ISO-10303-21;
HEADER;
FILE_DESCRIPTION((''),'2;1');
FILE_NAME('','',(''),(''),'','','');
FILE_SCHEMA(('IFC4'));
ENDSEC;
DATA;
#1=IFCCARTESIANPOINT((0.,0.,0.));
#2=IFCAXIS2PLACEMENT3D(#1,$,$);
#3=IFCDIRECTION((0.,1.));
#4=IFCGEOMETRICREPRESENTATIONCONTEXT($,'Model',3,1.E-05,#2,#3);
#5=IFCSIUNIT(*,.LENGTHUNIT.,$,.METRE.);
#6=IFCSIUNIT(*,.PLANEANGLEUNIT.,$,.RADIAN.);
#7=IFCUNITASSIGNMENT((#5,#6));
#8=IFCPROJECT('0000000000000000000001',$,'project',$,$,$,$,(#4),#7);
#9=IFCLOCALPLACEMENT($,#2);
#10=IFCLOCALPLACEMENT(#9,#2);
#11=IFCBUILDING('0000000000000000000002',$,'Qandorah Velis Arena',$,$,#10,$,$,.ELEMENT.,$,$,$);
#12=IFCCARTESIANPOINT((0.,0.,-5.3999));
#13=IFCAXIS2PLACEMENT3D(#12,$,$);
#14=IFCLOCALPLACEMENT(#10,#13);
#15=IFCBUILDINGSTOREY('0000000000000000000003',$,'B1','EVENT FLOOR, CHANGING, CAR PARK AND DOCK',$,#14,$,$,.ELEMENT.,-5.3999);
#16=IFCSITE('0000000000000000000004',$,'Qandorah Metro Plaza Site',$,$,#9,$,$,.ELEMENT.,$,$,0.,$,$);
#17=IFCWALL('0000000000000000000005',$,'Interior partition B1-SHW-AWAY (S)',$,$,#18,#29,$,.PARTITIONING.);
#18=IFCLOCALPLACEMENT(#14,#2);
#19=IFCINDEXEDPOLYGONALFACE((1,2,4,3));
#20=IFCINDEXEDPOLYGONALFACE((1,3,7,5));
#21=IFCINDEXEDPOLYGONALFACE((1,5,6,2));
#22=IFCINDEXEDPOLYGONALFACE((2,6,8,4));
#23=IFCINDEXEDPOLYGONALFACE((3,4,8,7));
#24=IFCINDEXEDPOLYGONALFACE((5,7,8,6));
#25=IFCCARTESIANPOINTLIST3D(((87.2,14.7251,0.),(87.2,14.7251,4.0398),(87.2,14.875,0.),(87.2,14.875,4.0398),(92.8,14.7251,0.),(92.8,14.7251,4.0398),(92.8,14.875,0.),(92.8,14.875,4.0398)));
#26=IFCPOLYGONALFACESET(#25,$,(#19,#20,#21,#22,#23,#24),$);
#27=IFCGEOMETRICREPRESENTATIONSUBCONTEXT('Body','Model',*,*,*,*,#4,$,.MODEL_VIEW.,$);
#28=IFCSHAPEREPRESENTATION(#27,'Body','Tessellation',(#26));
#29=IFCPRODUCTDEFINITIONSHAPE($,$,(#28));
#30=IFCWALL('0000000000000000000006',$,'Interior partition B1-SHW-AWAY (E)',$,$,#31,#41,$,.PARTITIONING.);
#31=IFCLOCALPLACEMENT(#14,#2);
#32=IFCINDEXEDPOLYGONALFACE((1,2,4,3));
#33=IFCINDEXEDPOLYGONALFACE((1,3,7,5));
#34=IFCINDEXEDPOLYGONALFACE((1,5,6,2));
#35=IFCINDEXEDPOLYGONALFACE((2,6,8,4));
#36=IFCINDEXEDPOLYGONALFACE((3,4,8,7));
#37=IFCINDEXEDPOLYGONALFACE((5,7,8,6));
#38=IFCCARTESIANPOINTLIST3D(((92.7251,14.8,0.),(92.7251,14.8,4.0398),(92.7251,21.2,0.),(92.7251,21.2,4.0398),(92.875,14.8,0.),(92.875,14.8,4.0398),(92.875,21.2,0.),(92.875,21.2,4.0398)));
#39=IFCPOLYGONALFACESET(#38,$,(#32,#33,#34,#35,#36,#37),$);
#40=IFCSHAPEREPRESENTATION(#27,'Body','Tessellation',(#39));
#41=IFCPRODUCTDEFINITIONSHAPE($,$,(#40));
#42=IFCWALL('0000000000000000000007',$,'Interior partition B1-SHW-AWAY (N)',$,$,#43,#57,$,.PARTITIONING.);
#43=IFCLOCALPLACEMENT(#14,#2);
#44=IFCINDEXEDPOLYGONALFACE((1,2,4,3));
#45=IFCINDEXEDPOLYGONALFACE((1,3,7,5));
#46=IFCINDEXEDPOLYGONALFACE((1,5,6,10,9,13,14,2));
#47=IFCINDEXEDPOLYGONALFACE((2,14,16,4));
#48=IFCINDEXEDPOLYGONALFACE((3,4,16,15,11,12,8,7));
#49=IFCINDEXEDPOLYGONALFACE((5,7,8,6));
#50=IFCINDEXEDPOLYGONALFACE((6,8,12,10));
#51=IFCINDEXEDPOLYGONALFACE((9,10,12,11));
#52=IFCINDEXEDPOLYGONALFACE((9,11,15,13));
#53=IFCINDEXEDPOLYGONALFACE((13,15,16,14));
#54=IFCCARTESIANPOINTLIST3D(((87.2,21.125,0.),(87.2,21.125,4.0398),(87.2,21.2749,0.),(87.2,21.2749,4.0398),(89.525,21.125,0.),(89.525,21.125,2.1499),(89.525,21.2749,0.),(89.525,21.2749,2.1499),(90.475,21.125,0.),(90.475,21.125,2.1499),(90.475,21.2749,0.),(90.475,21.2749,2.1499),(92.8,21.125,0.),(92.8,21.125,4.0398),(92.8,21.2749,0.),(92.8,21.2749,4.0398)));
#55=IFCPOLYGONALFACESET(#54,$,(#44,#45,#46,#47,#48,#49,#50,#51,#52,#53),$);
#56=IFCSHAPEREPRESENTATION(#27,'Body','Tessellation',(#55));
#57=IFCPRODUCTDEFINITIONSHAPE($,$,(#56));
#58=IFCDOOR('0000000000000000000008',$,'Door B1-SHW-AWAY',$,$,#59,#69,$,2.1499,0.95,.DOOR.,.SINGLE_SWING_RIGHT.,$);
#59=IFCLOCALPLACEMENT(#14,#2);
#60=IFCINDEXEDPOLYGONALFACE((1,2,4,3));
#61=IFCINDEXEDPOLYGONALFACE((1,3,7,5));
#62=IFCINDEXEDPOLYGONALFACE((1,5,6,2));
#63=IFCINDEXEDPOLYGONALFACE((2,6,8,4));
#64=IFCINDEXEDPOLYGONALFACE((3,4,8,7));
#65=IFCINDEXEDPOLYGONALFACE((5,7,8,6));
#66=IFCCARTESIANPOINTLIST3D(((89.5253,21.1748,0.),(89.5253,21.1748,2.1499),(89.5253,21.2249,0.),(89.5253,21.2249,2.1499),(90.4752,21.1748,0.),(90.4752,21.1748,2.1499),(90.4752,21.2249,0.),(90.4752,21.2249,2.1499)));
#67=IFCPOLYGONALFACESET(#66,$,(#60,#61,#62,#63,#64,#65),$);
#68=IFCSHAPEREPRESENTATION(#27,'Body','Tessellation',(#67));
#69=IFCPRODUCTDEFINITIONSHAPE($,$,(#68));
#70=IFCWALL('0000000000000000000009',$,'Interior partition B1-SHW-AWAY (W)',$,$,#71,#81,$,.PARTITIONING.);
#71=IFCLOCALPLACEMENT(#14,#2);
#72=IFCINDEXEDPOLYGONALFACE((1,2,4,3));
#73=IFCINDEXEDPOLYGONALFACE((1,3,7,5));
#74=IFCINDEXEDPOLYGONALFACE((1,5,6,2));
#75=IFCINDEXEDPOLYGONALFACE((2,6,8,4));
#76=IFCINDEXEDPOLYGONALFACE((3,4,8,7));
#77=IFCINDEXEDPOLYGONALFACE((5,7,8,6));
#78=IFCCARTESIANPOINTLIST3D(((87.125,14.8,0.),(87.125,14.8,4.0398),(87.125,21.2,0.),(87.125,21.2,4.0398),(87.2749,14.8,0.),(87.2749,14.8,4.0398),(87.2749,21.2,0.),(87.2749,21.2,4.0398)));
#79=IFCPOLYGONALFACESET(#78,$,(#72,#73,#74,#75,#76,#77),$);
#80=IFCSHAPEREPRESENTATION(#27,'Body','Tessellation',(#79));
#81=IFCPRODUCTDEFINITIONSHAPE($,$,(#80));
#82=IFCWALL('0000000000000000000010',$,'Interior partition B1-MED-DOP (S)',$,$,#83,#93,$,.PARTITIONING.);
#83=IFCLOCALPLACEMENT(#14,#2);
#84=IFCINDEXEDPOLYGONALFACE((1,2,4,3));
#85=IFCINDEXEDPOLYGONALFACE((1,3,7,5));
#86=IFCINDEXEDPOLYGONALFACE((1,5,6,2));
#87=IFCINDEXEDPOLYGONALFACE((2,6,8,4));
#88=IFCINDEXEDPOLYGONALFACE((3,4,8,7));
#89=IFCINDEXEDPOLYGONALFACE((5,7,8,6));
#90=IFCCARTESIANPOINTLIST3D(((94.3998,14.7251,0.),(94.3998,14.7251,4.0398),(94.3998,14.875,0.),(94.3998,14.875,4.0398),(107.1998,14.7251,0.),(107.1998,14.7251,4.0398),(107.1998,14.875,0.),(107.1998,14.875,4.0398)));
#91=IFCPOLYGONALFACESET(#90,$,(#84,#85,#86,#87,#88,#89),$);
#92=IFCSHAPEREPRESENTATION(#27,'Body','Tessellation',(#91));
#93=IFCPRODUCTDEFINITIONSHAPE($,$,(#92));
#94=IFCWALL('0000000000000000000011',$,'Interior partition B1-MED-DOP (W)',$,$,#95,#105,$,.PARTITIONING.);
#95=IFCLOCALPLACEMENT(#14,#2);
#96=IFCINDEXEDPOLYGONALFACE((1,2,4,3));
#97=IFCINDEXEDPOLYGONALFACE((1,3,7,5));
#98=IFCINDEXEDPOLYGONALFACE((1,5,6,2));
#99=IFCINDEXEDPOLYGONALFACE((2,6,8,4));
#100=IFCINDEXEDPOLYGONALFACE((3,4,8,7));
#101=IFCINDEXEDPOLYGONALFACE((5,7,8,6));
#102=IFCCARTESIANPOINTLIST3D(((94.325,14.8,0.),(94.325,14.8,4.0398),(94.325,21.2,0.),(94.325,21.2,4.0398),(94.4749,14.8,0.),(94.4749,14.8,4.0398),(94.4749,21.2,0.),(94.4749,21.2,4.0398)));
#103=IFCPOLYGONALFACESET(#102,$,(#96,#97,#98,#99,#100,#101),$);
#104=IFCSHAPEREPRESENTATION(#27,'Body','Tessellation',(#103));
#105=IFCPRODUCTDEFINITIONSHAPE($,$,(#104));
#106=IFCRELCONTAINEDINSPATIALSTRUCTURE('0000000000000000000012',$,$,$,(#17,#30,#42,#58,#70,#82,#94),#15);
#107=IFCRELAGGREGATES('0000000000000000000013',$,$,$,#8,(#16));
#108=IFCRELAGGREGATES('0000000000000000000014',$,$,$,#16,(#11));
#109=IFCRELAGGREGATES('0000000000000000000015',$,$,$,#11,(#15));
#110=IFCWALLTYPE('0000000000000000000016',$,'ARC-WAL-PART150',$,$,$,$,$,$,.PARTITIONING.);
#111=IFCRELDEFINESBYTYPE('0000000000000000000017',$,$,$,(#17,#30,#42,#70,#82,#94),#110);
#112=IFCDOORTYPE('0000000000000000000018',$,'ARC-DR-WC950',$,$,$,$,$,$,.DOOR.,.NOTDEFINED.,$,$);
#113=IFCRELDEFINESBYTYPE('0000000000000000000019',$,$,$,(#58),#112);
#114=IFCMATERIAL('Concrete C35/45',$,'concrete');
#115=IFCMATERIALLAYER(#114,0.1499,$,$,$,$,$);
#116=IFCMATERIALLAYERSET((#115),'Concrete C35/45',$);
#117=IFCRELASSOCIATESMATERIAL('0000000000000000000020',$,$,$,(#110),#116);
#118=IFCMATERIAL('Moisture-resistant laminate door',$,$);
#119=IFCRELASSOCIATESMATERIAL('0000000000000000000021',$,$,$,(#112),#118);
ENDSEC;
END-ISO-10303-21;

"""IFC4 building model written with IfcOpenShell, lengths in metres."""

from ifc_helpers import new_model, si_unit, direction, frame, frame_2d, origin, place, context, subcontext, project, spatial, rectangle, extrude, material, layer, layer_set, type_object, element, fill, save


model = new_model("IFC4")

# Units and contexts
model_context = context("Model", 3, precision=1e-05, world=origin(), true_north=direction((0.0, 1.0)))
body_context = subcontext(model_context, "Body", "Model", "MODEL_VIEW")
ifc_project = project(units=[si_unit("LENGTHUNIT", "METRE"), si_unit("PLANEANGLEUNIT", "RADIAN")], contexts=[model_context])

# Site, building, storey
site_placement = place(None, origin())
site = spatial("IfcSite", under=ifc_project, at=site_placement, Name="Qandorah Metro Plaza Site", CompositionType="ELEMENT", RefElevation=0.0)
building_placement = place(site_placement, origin())
building = spatial("IfcBuilding", under=site, at=building_placement, Name="Qandorah Velis Arena", CompositionType="ELEMENT")
storey_placement = place(building_placement, frame((0.0, 0.0, -5.3999)))
storey = spatial("IfcBuildingStorey", under=building, at=storey_placement, Name="B1", Description="EVENT FLOOR, CHANGING, CAR PARK AND DOCK", CompositionType="ELEMENT", Elevation=-5.3999)

# Walls
ifc_material_1 = material(Name="Concrete C35/45", Category="concrete")
ifc_layer = layer(ifc_material_1, 0.1499)
ifc_layer_set = layer_set([ifc_layer], Name="Concrete C35/45")
wall_type = type_object("IfcWallType", Name="ARC-WAL-PART150", PredefinedType="PARTITIONING", material=ifc_layer_set)
wall_1_placement = place(storey_placement, frame((87.2, 14.8, 0.0), z_axis=(0.0, 0.0, 1.0), x_axis=(1.0, 0.0, 0.0)))
element("IfcWall", 1, at=wall_1_placement, inside=storey, type_object=wall_type, Name="Interior partition B1-SHW-AWAY (S)", PredefinedType="PARTITIONING", context=body_context, shape_type="SweptSolid", body=[
    extrude(rectangle(XDim=5.6001, YDim=0.1499, at=frame_2d((2.8, 0.0))), origin(), (0.0, 0.0, 1.0), 4.0398),
])
wall_2_placement = place(storey_placement, frame((92.8, 14.8, 0.0), z_axis=(0.0, 0.0, 1.0), x_axis=(0.0, 1.0, 0.0)))
element("IfcWall", 2, at=wall_2_placement, inside=storey, type_object=wall_type, Name="Interior partition B1-SHW-AWAY (E)", PredefinedType="PARTITIONING", context=body_context, shape_type="SweptSolid", body=[
    extrude(rectangle(XDim=6.3999, YDim=0.1499, at=frame_2d((3.2, 0.0))), origin(), (0.0, 0.0, 1.0), 4.0398),
])

# Wall, opening, door
wall_3_placement = place(storey_placement, frame((92.8, 21.2, 0.0), z_axis=(0.0, 0.0, 1.0), x_axis=(-1.0, 0.0, 0.0)))
wall_3 = element("IfcWall", 3, at=wall_3_placement, inside=storey, type_object=wall_type, Name="Interior partition B1-SHW-AWAY (N)", PredefinedType="PARTITIONING", context=body_context, shape_type="SweptSolid", body=[
    extrude(rectangle(XDim=5.6001, YDim=0.1499, at=frame_2d((2.8, 0.0))), origin(), (0.0, 0.0, 1.0), 4.0398),
])
opening_placement = place(wall_3_placement, frame((2.325, 0.0, 0.0)))
opening = element("IfcOpeningElement", 4, at=opening_placement, cuts=wall_3, PredefinedType="OPENING", context=body_context, shape_type="SweptSolid", body=[
    extrude(rectangle(XDim=0.95, YDim=2.1499, at=frame_2d((0.4751, 1.075))), frame((0.0, 0.085, 0.0), z_axis=(0.0, -1.0, 0.0), x_axis=(1.0, 0.0, 0.0)), (0.0, 0.0, 1.0), 0.1699),
])
ifc_material_2 = material(Name="Moisture-resistant laminate door")
door_type = type_object("IfcDoorType", Name="ARC-DR-WC950", OperationType="NOTDEFINED", PredefinedType="DOOR", material=ifc_material_2)
door_placement = place(opening_placement, frame((0.95, 0.0, 0.0), z_axis=(0.0, 0.0, 1.0), x_axis=(-1.0, 0.0, 0.0)))
door = element("IfcDoor", 5, at=door_placement, inside=storey, type_object=door_type, Name="Door B1-SHW-AWAY", OperationType="SINGLE_SWING_RIGHT", OverallHeight=2.1499, OverallWidth=0.95, PredefinedType="DOOR", context=body_context, shape_type="SweptSolid", body=[
    extrude(rectangle(XDim=0.95, YDim=2.1499, at=frame_2d((0.4751, 1.075))), frame((0.0, 0.0249, 0.0), z_axis=(0.0, -1.0, 0.0), x_axis=(1.0, 0.0, 0.0)), (0.0, 0.0, 1.0), 0.05),
])
fill(opening, door)

# Walls
wall_4_placement = place(storey_placement, frame((87.2, 21.2, 0.0), z_axis=(0.0, 0.0, 1.0), x_axis=(0.0, -1.0, 0.0)))
element("IfcWall", 6, at=wall_4_placement, inside=storey, type_object=wall_type, Name="Interior partition B1-SHW-AWAY (W)", PredefinedType="PARTITIONING", context=body_context, shape_type="SweptSolid", body=[
    extrude(rectangle(XDim=6.3999, YDim=0.1499, at=frame_2d((3.2, 0.0))), origin(), (0.0, 0.0, 1.0), 4.0398),
])
wall_5_placement = place(storey_placement, frame((94.3999, 14.8, 0.0), z_axis=(0.0, 0.0, 1.0), x_axis=(1.0, 0.0, 0.0)))
element("IfcWall", 7, at=wall_5_placement, inside=storey, type_object=wall_type, Name="Interior partition B1-MED-DOP (S)", PredefinedType="PARTITIONING", context=body_context, shape_type="SweptSolid", body=[
    extrude(rectangle(XDim=12.8, YDim=0.1499, at=frame_2d((6.3999, 0.0))), origin(), (0.0, 0.0, 1.0), 4.0398),
])
wall_6_placement = place(storey_placement, frame((94.3999, 21.2, 0.0), z_axis=(0.0, 0.0, 1.0), x_axis=(0.0, -1.0, 0.0)))
element("IfcWall", 8, at=wall_6_placement, inside=storey, type_object=wall_type, Name="Interior partition B1-MED-DOP (W)", PredefinedType="PARTITIONING", context=body_context, shape_type="SweptSolid", body=[
    extrude(rectangle(XDim=6.3999, YDim=0.1499, at=frame_2d((3.2, 0.0))), origin(), (0.0, 0.0, 1.0), 4.0398),
])

save(model, "model.ifc")
